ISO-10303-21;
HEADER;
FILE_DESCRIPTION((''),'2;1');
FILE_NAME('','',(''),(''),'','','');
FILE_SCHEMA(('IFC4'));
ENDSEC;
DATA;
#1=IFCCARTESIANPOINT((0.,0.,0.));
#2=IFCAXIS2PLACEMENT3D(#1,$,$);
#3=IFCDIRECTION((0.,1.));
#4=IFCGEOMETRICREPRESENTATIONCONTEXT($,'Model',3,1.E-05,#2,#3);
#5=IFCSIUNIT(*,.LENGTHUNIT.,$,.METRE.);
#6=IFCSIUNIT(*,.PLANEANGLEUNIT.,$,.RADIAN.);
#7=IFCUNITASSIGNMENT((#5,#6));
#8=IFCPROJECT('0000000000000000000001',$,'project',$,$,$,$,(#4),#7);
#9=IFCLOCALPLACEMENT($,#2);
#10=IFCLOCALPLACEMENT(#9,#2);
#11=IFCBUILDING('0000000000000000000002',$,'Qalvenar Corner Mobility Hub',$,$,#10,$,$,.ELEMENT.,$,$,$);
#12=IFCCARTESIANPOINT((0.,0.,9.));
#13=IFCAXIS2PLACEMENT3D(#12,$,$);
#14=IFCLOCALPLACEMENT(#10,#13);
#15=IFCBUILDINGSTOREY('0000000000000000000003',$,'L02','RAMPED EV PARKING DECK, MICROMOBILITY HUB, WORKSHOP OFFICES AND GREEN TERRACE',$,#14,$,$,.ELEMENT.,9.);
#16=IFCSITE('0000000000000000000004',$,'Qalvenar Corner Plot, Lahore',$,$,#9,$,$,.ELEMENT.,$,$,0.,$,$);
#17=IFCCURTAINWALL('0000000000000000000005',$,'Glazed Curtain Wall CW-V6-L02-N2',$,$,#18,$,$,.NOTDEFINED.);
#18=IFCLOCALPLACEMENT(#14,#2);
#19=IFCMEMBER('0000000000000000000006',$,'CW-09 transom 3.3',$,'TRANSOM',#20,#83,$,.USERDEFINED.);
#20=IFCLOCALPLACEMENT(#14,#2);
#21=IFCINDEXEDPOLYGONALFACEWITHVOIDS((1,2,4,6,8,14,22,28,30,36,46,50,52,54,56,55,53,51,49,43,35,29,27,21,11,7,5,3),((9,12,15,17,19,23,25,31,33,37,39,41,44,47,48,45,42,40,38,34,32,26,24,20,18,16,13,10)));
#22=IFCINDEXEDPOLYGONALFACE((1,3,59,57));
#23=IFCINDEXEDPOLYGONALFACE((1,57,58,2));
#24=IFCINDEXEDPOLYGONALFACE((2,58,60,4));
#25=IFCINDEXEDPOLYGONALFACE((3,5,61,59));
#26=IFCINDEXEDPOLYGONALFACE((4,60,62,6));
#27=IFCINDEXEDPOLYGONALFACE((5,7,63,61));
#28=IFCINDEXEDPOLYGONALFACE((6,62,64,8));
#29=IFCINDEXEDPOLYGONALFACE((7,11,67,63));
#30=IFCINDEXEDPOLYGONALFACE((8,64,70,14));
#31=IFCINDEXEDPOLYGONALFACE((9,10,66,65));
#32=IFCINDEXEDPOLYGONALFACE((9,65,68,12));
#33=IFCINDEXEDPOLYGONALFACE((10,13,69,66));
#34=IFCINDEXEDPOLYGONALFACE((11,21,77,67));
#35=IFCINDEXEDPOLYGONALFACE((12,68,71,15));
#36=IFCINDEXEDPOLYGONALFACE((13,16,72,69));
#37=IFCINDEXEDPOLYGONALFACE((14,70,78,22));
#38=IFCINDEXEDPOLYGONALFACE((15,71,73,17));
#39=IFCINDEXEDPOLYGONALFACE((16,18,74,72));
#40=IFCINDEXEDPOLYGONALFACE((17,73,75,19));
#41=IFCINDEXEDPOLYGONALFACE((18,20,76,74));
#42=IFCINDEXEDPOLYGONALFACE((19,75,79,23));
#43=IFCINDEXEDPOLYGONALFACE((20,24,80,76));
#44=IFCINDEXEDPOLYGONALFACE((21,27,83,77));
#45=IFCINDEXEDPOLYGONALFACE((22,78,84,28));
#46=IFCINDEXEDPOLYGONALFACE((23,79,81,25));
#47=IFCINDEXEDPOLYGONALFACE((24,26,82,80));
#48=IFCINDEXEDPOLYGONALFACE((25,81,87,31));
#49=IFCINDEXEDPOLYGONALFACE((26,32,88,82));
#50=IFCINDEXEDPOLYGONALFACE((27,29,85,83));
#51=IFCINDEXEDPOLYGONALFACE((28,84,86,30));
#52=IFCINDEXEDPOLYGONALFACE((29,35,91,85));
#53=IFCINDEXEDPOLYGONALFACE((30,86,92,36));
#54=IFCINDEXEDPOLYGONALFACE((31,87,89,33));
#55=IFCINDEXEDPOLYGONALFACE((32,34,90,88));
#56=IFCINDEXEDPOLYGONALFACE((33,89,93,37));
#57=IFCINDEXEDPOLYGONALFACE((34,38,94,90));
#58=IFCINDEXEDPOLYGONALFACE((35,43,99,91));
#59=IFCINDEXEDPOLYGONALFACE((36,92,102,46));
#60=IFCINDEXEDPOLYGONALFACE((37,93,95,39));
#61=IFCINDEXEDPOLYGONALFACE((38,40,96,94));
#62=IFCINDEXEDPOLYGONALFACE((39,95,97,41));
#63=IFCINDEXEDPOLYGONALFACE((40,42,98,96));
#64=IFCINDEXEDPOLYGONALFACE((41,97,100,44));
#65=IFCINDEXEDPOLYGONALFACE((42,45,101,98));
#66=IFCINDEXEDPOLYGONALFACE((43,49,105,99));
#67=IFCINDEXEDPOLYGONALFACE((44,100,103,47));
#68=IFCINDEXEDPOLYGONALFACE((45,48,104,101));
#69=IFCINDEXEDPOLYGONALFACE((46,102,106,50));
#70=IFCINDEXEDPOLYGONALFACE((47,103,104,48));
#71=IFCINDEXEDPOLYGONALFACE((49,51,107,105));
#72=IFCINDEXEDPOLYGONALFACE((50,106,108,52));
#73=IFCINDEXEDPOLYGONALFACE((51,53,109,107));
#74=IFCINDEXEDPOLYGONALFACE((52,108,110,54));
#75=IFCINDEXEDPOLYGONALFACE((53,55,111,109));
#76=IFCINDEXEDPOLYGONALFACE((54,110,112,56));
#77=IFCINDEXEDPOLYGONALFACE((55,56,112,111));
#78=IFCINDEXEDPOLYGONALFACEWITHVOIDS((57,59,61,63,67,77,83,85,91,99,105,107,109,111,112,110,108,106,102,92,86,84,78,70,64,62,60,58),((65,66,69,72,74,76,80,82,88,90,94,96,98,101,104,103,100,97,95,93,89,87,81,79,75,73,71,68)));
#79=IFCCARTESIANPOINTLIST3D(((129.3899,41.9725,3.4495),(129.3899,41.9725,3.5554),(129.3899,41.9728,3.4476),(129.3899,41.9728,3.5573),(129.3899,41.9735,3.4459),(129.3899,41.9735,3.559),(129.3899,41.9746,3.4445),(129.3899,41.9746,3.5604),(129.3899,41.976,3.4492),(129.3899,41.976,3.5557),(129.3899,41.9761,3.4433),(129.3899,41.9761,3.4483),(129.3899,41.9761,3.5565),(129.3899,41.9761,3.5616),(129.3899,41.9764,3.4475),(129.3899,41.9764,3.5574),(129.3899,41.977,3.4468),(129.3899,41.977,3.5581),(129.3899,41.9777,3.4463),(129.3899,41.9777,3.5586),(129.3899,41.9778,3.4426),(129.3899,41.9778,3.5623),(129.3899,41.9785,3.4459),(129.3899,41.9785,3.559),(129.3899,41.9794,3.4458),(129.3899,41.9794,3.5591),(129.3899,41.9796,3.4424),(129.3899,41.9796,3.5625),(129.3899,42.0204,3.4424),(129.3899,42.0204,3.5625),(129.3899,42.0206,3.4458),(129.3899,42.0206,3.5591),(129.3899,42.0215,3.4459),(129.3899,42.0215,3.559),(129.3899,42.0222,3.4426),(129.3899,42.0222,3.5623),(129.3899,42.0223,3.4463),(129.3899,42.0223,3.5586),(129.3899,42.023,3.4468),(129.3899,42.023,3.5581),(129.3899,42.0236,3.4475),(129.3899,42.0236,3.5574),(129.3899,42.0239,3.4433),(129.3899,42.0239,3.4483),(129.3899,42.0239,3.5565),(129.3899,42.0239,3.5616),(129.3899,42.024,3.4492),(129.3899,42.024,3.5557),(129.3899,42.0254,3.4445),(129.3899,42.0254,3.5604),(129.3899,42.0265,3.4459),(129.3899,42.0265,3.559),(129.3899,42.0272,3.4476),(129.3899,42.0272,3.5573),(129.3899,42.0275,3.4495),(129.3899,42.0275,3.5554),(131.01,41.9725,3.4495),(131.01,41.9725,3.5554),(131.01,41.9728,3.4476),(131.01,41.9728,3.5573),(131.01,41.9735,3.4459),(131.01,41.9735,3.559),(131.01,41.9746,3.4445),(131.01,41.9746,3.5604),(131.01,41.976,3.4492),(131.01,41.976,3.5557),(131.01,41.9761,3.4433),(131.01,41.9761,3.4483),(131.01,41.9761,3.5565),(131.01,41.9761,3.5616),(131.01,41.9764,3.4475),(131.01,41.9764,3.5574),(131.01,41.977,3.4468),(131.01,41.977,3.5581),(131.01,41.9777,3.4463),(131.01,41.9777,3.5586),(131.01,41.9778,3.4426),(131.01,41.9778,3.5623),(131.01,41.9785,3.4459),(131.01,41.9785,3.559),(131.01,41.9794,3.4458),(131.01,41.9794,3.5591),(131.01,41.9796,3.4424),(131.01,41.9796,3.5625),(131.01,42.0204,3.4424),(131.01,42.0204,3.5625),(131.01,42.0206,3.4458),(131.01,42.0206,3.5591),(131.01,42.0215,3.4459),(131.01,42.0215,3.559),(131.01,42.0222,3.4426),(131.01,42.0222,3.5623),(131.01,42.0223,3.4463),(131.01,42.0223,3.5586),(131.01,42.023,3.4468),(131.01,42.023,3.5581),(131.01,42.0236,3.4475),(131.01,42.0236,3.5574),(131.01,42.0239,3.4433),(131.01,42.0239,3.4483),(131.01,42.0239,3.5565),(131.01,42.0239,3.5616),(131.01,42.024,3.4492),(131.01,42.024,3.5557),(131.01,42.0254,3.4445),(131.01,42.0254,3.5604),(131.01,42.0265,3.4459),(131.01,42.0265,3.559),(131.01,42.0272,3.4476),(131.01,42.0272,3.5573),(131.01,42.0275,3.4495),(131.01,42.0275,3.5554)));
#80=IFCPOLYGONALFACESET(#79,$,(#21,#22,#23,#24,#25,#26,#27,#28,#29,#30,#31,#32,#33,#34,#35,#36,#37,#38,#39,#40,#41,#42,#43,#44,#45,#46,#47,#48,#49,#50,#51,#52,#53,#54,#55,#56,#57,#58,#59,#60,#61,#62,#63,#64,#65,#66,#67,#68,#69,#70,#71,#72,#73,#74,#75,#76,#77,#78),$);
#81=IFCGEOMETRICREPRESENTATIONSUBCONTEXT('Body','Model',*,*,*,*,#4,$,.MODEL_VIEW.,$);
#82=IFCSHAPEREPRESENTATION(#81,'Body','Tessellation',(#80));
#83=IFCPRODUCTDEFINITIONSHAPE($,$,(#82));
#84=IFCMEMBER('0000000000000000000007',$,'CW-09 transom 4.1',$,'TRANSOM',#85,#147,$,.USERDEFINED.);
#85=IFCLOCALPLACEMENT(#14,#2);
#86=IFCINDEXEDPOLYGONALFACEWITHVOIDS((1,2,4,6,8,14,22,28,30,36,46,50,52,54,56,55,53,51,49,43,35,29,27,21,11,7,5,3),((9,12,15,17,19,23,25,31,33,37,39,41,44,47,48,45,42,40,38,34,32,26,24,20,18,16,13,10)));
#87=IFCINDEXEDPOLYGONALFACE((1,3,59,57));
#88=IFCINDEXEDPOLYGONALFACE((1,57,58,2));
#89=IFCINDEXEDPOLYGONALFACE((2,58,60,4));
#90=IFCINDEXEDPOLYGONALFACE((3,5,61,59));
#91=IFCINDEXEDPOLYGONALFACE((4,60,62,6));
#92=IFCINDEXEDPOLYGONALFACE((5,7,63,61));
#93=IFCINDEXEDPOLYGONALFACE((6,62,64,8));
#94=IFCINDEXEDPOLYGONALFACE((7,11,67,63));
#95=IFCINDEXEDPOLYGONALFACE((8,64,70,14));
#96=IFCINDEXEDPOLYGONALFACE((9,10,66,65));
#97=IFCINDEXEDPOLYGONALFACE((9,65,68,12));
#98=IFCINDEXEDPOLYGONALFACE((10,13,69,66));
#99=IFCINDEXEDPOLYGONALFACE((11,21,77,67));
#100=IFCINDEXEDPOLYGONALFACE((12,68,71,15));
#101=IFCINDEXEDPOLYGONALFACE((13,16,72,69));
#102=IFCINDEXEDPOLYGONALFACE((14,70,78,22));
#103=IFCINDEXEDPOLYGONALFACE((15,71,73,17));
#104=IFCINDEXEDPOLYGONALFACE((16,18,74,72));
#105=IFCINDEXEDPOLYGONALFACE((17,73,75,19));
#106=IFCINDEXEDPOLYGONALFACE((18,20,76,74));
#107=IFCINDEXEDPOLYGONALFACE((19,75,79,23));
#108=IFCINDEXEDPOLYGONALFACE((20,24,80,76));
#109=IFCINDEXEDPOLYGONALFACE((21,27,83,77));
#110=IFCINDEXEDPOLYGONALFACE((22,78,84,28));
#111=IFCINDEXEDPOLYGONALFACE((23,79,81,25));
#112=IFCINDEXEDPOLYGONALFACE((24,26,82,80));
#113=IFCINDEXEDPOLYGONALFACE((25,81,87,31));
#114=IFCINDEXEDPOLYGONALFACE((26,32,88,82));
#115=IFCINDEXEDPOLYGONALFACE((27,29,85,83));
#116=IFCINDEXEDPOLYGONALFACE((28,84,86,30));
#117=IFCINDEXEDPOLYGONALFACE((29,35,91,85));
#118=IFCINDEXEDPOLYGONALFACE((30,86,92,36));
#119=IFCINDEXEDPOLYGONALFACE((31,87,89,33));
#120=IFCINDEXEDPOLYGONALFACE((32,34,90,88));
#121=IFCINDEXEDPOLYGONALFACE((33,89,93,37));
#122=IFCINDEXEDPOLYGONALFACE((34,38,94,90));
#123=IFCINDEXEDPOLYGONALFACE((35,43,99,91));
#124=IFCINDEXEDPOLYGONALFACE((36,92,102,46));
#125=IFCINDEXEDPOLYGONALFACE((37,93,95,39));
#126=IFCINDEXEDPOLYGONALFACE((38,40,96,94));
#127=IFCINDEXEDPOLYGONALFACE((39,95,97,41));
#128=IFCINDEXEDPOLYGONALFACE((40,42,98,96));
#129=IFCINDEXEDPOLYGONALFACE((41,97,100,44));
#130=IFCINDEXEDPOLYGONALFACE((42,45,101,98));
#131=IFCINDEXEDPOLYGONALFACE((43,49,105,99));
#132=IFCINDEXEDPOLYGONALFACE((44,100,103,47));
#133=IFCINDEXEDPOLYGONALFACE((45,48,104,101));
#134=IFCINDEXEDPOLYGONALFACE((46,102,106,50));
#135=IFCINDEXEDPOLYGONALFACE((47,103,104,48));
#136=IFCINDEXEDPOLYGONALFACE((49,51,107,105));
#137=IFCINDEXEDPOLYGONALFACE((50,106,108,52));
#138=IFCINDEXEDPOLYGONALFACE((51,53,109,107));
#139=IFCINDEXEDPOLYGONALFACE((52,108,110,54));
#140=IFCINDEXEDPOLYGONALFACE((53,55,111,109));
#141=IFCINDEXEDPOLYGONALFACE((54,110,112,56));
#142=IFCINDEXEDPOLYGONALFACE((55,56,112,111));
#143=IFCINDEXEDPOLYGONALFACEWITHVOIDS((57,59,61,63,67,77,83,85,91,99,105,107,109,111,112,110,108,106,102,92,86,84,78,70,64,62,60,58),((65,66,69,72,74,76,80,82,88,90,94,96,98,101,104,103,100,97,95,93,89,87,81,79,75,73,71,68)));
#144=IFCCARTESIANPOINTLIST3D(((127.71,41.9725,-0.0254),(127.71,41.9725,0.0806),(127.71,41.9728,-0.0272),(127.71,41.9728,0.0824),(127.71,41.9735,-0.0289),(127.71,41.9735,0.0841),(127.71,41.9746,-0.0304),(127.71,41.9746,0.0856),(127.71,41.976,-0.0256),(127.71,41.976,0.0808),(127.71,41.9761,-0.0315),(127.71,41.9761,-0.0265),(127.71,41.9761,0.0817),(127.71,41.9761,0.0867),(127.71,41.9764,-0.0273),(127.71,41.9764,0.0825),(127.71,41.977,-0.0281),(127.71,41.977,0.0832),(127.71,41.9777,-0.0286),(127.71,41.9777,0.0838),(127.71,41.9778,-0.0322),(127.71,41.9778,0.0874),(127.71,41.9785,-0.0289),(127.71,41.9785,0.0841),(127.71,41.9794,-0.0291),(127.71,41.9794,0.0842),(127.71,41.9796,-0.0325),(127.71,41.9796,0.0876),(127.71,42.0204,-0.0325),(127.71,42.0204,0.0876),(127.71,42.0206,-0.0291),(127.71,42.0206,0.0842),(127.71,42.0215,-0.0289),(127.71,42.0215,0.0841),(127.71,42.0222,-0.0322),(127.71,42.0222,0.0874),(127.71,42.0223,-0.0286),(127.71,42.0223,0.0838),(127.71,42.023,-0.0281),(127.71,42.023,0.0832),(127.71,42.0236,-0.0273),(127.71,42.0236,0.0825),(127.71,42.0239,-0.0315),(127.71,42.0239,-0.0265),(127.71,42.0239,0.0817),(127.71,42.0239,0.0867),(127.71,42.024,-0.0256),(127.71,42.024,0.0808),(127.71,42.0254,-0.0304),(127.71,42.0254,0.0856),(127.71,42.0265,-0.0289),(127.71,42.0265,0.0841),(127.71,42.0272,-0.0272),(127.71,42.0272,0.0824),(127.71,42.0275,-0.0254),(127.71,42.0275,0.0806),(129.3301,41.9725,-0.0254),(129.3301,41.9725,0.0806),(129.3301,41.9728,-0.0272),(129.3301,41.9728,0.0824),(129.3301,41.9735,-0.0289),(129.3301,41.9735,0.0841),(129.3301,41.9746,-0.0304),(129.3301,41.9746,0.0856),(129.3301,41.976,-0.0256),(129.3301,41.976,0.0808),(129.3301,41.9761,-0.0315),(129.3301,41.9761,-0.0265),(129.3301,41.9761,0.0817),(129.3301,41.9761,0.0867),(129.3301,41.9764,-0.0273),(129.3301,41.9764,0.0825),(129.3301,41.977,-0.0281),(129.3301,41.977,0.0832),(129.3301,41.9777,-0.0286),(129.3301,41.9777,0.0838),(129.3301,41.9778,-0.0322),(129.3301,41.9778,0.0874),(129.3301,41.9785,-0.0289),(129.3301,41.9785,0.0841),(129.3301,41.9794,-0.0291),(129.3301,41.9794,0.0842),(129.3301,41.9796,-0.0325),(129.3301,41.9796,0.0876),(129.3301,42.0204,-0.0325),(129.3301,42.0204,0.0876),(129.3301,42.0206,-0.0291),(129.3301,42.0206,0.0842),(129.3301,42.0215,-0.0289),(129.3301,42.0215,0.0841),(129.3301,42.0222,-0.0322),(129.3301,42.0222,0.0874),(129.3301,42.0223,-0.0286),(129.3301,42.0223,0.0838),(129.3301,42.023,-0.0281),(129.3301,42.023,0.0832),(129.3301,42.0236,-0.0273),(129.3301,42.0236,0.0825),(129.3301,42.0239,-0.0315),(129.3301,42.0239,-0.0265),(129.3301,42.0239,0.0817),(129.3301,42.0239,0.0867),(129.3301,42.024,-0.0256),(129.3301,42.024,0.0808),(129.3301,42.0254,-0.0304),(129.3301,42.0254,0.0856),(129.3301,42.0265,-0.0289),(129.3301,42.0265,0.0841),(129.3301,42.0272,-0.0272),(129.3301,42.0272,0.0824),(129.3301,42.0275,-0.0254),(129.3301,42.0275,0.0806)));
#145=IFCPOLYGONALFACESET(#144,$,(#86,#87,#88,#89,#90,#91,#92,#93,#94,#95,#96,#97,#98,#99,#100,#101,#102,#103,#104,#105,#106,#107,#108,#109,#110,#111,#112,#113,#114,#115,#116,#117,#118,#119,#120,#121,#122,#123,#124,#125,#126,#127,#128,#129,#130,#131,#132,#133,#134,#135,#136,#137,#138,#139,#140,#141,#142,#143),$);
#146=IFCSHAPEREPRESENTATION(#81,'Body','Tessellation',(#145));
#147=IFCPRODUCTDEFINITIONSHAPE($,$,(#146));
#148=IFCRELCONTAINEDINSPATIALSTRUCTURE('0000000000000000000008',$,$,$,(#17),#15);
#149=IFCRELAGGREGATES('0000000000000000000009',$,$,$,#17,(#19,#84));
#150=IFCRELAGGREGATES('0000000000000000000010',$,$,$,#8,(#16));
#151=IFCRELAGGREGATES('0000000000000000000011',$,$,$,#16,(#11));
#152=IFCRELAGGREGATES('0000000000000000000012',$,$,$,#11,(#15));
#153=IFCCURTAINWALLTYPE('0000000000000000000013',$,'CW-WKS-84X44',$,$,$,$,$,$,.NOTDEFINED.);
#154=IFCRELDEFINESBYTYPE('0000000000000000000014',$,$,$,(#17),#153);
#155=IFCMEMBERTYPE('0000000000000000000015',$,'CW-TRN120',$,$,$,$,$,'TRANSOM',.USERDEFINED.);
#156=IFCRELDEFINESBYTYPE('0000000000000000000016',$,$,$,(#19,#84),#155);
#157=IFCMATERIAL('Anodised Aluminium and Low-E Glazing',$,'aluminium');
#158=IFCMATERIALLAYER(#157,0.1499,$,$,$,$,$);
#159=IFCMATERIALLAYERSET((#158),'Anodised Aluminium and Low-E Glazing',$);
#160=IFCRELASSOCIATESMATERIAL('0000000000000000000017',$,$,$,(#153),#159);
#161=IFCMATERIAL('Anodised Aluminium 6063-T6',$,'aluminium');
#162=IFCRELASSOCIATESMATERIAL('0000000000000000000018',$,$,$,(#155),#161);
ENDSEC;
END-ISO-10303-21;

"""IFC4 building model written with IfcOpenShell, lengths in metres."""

from ifc_helpers import new_model, si_unit, direction, frame, origin, origin_2d, place, context, subcontext, project, spatial, hollow_rectangle, extrude, material, layer, layer_set, material_profile, profile_set, type_object, element, aggregate, save


model = new_model("IFC4")

# Units and contexts
model_context = context("Model", 3, precision=1e-05, world=origin(), true_north=direction((0.0, 1.0)))
body_context = subcontext(model_context, "Body", "Model", "MODEL_VIEW")
ifc_project = project(units=[si_unit("LENGTHUNIT", "METRE"), si_unit("PLANEANGLEUNIT", "RADIAN")], contexts=[model_context])

# Site, building, storey
site_placement = place(None, origin())
site = spatial("IfcSite", under=ifc_project, at=site_placement, Name="Qalvenar Corner Plot, Lahore", CompositionType="ELEMENT", RefElevation=0.0)
building_placement = place(site_placement, origin())
building = spatial("IfcBuilding", under=site, at=building_placement, Name="Qalvenar Corner Mobility Hub", CompositionType="ELEMENT")
storey_placement = place(building_placement, frame((0.0, 0.0, 9.0)))
storey = spatial("IfcBuildingStorey", under=building, at=storey_placement, Name="L02", Description="RAMPED EV PARKING DECK, MICROMOBILITY HUB, WORKSHOP OFFICES AND GREEN TERRACE", CompositionType="ELEMENT", Elevation=9.0)

# Curtain wall, members
ifc_material_1 = material(Name="Anodised Aluminium and Low-E Glazing", Category="aluminium")
ifc_layer_1 = layer(ifc_material_1, 0.1499)
ifc_layer_set_1 = layer_set([ifc_layer_1], Name="Anodised Aluminium and Low-E Glazing")
curtain_wall_type = type_object("IfcCurtainWallType", Name="CW-WKS-84X44", PredefinedType="NOTDEFINED", material=ifc_layer_set_1)
curtain_wall_placement = place(storey_placement, origin())
curtain_wall = element("IfcCurtainWall", 1, at=curtain_wall_placement, inside=storey, type_object=curtain_wall_type, Name="Glazed Curtain Wall CW-V6-L02-N2", PredefinedType="NOTDEFINED")
ifc_material_2 = material(Name="Anodised Aluminium 6063-T6", Category="aluminium")
ifc_material_profile_1 = material_profile(ifc_material_2, hollow_rectangle(XDim=0.0549, YDim=0.1201, WallThickness=0.0034, InnerFilletRadius=0.0034, OuterFilletRadius=0.0071, at=origin_2d()), Name="RHS120x55x3.5")
ifc_profile_set_1 = profile_set([ifc_material_profile_1], Name="Anodised Aluminium 6063-T6")
member_type_1 = type_object("IfcMemberType", Name="CW-TRN120", ElementType="TRANSOM", PredefinedType="USERDEFINED", material=ifc_profile_set_1)
member_1_placement = place(storey_placement, frame((131.01, 42.0, 3.5024), z_axis=(-1.0, 0.0, 0.0), x_axis=(0.0, -1.0, 0.0)))
member_1 = element("IfcMember", 2, at=member_1_placement, type_object=member_type_1, Name="CW-09 transom 3.3", ObjectType="TRANSOM", PredefinedType="USERDEFINED", context=body_context, shape_type="SweptSolid", body=[
    extrude(hollow_rectangle(XDim=0.0549, YDim=0.1201, WallThickness=0.0034, InnerFilletRadius=0.0034, OuterFilletRadius=0.0071, at=origin_2d()), origin(), (0.0, 0.0, 1.0), 1.6201),
])
member_2_placement = place(storey_placement, frame((129.3301, 42.0, 0.0276), z_axis=(-1.0, 0.0, 0.0), x_axis=(0.0, -1.0, 0.0)))
member_2 = element("IfcMember", 3, at=member_2_placement, type_object=member_type_1, Name="CW-09 transom 4.1", ObjectType="TRANSOM", PredefinedType="USERDEFINED", context=body_context, shape_type="SweptSolid", body=[
    extrude(hollow_rectangle(XDim=0.0549, YDim=0.1201, WallThickness=0.0034, InnerFilletRadius=0.0034, OuterFilletRadius=0.0071, at=origin_2d()), origin(), (0.0, 0.0, 1.0), 1.6201),
])
aggregate(curtain_wall, [member_1, member_2])

save(model, "model.ifc")
